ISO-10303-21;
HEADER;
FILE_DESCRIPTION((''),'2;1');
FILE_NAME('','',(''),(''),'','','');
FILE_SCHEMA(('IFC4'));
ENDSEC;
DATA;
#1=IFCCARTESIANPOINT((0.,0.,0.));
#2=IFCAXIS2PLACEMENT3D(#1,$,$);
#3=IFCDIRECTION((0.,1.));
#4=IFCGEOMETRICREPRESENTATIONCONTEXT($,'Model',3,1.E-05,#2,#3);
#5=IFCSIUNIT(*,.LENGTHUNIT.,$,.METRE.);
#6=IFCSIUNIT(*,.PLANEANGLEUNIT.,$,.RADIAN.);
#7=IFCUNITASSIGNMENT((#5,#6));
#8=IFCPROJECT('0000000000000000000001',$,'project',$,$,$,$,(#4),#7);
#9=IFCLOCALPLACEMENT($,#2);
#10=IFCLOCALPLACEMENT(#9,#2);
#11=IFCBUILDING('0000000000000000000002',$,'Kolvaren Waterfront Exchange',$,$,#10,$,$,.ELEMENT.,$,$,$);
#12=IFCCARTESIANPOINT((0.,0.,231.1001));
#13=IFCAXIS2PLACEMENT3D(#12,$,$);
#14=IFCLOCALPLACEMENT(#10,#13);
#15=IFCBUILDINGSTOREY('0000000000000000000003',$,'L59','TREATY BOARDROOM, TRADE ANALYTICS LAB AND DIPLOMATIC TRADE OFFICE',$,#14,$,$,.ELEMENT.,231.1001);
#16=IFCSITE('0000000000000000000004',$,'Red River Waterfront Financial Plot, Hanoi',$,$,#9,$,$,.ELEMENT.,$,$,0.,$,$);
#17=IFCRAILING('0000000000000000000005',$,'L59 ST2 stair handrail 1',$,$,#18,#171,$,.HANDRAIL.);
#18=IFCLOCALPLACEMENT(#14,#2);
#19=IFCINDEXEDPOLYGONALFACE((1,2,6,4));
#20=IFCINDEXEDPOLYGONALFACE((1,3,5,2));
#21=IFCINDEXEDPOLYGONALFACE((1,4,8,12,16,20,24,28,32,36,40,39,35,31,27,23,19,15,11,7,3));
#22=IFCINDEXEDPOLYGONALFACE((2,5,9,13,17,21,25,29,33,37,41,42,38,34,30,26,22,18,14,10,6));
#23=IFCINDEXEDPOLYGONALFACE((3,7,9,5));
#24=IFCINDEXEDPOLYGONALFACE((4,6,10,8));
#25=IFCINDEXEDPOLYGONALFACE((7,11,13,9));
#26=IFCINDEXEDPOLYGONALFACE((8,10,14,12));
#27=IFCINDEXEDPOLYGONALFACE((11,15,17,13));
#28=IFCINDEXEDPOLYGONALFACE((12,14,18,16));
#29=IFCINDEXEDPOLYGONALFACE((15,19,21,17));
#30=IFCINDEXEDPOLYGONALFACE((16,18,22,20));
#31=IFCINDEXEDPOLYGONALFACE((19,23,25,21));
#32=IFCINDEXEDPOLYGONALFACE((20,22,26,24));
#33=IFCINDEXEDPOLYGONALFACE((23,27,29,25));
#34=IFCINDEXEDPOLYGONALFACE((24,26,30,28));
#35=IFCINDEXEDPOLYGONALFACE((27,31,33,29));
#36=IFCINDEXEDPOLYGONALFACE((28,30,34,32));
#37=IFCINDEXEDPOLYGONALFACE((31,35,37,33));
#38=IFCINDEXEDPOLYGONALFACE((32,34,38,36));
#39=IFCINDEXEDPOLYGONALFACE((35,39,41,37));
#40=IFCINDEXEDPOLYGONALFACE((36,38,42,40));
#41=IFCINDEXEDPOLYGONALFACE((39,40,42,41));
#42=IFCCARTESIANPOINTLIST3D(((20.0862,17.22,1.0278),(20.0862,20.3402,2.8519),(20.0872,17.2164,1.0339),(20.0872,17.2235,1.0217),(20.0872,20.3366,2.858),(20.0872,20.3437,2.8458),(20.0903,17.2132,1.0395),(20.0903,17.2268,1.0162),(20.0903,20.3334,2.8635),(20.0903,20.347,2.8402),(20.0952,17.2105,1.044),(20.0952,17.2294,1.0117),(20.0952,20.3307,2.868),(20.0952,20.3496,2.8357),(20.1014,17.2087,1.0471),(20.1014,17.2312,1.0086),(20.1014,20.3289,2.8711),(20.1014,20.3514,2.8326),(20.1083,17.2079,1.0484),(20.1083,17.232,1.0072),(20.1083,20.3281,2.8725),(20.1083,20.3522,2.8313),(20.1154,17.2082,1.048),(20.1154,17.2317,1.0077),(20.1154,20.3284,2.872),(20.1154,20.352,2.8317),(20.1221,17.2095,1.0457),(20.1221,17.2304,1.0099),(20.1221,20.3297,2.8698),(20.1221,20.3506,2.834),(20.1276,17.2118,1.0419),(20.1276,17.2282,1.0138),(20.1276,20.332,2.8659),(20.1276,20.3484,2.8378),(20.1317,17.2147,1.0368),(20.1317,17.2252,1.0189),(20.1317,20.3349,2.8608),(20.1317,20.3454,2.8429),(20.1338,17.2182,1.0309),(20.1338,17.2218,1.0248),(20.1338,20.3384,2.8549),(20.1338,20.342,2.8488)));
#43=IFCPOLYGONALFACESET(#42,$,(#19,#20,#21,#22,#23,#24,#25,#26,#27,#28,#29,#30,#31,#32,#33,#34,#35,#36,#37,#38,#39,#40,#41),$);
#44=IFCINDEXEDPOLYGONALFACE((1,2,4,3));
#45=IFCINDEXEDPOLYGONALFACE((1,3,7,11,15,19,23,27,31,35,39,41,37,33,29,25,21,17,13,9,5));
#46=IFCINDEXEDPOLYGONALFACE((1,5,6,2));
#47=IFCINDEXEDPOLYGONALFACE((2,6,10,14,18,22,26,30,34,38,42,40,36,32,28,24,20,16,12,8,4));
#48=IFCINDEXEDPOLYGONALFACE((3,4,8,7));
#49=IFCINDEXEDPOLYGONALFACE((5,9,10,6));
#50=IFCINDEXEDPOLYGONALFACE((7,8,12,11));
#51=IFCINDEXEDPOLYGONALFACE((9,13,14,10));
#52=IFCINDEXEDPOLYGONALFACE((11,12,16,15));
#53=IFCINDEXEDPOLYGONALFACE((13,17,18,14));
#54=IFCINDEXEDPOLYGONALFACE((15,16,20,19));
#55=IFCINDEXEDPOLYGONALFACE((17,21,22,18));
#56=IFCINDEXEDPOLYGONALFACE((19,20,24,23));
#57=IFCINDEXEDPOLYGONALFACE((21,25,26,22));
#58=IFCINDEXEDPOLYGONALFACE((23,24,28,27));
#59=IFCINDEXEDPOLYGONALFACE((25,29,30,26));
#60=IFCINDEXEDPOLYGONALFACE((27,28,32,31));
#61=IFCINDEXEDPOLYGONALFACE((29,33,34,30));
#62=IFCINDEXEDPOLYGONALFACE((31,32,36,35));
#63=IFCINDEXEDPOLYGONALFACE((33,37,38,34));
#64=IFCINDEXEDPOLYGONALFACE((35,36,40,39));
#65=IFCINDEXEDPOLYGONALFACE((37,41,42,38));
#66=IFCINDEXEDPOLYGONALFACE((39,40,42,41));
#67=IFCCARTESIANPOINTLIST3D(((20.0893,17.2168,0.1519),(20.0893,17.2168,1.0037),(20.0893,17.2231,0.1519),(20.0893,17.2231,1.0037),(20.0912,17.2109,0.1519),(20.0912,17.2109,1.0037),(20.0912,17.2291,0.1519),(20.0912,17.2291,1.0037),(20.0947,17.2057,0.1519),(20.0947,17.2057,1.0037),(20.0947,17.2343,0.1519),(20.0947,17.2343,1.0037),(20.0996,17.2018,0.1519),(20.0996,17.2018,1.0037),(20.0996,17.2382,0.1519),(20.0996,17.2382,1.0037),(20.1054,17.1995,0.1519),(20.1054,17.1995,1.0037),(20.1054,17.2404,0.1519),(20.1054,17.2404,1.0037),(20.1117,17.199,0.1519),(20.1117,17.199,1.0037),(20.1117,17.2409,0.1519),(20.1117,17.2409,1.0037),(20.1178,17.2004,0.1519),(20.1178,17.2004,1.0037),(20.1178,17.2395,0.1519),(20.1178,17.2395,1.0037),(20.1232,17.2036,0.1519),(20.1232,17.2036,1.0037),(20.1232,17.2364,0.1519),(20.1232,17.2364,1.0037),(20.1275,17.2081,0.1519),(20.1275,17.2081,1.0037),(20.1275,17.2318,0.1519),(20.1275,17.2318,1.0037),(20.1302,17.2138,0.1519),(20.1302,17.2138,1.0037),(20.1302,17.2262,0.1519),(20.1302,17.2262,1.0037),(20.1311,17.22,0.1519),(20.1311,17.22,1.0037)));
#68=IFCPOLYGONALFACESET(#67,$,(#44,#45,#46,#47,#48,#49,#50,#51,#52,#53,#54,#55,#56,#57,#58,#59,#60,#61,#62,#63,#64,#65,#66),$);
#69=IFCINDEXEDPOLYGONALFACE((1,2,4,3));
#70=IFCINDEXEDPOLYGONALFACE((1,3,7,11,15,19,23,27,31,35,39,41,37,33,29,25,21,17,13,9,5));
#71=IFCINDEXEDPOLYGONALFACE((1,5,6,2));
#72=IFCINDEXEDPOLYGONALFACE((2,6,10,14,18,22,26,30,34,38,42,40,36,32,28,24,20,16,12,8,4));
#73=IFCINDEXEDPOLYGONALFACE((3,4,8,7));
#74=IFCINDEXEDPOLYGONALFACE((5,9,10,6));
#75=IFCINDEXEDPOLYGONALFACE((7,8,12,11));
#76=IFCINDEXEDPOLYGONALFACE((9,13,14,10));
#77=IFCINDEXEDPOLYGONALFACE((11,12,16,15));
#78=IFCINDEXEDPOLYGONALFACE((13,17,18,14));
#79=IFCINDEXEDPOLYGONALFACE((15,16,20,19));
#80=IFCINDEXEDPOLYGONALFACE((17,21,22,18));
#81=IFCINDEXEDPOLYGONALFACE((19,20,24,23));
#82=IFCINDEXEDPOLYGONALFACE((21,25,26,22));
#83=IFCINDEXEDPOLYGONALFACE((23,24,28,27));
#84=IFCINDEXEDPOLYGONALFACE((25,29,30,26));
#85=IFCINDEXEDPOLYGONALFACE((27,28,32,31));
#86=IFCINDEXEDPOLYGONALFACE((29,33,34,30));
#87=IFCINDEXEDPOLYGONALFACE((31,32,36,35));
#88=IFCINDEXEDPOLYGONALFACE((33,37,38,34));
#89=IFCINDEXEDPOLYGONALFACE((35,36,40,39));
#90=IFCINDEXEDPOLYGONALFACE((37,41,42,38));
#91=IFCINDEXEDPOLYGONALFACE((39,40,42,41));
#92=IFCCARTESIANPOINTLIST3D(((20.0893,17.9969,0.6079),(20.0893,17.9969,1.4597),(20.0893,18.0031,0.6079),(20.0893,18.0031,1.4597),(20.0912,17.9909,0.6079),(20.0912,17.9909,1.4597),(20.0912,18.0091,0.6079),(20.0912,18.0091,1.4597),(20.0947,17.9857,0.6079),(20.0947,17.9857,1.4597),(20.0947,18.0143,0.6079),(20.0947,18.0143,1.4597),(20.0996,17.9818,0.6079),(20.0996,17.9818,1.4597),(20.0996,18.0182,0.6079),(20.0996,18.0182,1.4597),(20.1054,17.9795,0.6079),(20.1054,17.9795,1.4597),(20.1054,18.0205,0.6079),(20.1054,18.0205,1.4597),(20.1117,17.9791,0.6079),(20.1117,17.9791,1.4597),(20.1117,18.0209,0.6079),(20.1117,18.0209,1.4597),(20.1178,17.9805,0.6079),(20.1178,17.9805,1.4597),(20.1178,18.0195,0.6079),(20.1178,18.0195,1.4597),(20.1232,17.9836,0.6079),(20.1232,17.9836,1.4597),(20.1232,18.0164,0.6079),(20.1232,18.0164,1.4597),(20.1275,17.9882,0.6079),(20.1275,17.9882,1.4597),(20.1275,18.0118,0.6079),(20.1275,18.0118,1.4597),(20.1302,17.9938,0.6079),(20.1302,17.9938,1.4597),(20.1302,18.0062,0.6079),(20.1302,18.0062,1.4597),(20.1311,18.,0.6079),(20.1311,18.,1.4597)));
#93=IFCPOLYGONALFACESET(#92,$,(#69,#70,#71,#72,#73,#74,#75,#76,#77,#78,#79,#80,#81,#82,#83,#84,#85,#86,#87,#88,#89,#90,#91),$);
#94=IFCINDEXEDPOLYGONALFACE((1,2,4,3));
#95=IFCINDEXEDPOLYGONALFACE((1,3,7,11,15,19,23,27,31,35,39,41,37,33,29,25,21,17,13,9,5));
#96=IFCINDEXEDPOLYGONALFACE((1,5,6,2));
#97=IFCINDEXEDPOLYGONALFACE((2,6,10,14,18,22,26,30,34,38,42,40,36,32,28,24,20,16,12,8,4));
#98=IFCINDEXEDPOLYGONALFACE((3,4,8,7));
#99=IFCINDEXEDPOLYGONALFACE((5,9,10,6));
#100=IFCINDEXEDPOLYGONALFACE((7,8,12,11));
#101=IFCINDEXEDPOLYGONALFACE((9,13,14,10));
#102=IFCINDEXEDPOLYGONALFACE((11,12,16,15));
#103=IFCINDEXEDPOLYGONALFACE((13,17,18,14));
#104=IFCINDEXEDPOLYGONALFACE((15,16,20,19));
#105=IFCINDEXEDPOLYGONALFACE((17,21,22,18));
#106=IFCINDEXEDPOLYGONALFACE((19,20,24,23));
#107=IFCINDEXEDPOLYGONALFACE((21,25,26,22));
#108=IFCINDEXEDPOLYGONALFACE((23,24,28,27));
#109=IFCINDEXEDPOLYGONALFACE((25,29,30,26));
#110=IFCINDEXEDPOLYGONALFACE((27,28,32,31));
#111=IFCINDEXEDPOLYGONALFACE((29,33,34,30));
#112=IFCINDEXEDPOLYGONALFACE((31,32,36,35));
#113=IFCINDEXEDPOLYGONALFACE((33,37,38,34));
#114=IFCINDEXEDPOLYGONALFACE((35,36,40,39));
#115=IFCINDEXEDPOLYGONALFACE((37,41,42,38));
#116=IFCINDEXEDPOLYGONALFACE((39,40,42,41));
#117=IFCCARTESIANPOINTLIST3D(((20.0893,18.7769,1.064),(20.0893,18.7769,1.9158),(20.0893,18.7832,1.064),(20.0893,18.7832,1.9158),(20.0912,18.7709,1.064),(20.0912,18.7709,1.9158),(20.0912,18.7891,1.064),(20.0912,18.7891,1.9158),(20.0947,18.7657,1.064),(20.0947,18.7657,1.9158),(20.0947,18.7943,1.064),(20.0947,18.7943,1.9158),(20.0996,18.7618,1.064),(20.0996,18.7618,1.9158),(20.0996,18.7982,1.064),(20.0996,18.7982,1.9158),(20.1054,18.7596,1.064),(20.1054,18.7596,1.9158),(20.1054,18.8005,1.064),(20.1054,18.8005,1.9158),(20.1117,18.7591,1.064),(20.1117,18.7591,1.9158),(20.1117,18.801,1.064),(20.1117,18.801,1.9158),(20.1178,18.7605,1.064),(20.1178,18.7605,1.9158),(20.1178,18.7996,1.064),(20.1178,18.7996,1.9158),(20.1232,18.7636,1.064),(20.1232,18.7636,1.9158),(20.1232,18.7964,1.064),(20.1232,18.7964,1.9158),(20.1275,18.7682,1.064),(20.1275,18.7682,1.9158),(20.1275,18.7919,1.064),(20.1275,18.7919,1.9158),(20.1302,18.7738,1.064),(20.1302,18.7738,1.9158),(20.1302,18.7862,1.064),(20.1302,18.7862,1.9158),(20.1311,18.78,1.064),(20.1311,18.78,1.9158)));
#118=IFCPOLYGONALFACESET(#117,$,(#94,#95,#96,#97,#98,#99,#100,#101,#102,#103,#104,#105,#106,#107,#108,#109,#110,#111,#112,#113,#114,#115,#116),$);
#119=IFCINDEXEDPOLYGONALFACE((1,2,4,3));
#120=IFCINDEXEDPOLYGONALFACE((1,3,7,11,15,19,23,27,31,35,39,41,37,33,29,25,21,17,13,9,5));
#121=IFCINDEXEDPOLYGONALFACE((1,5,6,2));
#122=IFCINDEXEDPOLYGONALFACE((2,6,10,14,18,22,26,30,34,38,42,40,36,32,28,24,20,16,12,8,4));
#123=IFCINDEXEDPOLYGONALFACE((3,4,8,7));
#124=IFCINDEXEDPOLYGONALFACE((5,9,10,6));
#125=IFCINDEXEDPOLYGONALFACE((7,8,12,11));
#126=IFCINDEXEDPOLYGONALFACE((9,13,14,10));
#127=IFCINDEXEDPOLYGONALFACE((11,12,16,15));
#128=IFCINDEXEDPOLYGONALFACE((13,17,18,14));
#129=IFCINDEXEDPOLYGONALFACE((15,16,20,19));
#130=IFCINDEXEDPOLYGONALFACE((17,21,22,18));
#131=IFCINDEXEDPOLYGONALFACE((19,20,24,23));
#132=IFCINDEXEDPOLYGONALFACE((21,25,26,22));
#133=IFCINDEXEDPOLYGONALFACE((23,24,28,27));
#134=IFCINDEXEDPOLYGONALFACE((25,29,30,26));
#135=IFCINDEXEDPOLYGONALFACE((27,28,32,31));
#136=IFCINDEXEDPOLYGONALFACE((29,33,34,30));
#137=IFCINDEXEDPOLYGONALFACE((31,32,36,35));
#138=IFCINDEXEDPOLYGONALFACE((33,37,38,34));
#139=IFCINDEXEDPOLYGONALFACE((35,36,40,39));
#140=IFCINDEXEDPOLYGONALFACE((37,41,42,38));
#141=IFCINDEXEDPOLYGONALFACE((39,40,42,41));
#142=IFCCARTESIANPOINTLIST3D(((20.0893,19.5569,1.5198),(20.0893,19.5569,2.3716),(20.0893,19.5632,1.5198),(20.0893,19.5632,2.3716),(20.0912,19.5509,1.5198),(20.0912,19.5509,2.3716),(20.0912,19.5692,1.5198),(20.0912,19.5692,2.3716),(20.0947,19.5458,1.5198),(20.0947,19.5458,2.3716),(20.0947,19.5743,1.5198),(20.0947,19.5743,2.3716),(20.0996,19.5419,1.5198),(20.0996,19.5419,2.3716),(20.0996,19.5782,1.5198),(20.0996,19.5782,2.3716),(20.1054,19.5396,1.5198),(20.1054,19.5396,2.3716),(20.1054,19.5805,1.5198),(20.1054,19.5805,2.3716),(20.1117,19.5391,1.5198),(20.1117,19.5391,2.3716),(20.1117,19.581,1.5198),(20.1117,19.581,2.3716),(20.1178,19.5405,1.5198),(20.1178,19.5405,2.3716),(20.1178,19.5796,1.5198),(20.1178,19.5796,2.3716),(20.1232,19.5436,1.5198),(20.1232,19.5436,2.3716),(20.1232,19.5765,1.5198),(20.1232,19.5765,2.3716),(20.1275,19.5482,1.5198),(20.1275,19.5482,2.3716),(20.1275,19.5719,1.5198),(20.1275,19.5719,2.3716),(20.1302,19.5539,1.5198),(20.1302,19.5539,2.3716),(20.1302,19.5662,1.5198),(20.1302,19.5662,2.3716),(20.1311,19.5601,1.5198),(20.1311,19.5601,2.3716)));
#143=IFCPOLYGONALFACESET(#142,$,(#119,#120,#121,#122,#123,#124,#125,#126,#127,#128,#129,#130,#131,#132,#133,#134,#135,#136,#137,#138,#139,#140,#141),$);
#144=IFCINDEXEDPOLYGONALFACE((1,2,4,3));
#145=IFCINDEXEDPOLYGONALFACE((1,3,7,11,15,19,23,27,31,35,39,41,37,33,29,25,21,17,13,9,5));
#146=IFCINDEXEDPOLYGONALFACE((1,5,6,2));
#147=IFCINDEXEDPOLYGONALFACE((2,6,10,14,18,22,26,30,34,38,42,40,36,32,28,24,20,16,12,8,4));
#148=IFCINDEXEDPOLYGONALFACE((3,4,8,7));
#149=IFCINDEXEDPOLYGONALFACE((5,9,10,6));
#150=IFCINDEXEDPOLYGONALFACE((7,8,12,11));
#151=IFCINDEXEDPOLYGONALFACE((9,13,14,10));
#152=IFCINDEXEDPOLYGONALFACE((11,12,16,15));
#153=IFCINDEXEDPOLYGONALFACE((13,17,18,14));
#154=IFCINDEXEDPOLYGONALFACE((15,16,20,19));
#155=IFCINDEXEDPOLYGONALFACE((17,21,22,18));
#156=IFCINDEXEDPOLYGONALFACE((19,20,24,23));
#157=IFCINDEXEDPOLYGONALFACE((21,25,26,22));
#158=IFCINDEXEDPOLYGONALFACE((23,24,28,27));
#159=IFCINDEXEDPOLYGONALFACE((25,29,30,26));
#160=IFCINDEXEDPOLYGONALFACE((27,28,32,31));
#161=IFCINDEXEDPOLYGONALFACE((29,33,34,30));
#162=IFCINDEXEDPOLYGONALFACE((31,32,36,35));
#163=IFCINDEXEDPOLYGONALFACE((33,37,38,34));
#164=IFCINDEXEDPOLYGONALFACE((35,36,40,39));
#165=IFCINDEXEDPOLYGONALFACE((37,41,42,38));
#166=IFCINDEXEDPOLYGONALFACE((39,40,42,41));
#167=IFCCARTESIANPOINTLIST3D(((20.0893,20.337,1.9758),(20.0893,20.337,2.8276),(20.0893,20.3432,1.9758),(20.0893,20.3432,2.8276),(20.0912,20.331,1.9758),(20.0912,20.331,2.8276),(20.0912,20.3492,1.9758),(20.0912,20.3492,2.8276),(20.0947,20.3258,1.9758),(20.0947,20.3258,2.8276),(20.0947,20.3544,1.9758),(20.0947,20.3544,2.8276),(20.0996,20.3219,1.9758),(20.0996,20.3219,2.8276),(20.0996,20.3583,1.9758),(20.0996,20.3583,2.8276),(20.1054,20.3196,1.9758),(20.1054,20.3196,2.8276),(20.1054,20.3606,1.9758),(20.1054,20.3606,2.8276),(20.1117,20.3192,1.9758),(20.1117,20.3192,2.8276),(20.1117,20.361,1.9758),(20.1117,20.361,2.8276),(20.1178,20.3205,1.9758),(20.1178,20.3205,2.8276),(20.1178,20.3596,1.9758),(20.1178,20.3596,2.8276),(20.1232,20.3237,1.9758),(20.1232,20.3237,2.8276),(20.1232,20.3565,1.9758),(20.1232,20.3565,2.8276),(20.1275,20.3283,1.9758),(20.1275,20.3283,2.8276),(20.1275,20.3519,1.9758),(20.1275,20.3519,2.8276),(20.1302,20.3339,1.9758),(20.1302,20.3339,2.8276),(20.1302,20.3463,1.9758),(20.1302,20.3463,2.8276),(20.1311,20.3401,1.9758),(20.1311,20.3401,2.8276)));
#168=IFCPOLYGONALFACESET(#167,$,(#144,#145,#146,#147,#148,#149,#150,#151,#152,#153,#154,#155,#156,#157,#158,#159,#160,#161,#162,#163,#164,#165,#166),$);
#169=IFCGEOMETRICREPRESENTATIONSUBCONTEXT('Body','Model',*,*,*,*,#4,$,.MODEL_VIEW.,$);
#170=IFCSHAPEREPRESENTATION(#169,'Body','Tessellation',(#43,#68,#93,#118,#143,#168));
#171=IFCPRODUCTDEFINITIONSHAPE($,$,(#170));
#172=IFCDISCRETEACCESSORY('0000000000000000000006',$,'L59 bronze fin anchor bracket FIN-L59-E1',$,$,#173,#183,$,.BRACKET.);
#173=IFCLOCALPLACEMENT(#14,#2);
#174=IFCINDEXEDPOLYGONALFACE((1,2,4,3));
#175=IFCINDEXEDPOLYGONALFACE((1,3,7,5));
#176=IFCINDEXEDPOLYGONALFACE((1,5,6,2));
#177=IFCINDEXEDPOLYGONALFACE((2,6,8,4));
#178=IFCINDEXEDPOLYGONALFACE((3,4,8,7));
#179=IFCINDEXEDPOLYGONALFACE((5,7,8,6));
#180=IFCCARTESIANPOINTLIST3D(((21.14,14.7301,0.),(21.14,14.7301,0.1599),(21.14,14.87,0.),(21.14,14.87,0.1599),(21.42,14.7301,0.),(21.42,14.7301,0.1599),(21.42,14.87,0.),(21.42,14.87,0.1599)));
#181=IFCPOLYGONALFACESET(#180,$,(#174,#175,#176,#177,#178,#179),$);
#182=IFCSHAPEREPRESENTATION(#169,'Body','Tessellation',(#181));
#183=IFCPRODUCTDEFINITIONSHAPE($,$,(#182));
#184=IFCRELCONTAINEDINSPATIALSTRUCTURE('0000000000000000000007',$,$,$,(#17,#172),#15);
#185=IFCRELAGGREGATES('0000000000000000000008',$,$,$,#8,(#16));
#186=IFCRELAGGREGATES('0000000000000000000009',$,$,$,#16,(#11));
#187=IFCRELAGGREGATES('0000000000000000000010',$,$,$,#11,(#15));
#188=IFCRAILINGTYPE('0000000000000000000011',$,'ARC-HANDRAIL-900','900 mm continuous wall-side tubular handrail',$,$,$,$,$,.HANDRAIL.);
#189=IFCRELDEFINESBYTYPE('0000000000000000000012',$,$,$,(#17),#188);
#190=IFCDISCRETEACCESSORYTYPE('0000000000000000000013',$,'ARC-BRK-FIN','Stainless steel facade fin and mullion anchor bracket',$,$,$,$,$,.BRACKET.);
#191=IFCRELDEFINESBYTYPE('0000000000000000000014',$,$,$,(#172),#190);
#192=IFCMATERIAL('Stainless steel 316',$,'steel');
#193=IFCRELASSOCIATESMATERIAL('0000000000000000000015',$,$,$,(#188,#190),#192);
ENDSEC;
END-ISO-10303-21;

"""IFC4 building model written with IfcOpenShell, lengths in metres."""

from ifc_helpers import new_model, si_unit, direction, frame, origin, origin_with_axes, origin_2d, place, context, subcontext, project, spatial, rectangle, circle, extrude, source, transform, mapped, material, type_object, element, save


model = new_model("IFC4")

# Units and contexts
model_context = context("Model", 3, precision=1e-05, world=origin(), true_north=direction((0.0, 1.0)))
body_context = subcontext(model_context, "Body", "Model", "MODEL_VIEW")
ifc_project = project(units=[si_unit("LENGTHUNIT", "METRE"), si_unit("PLANEANGLEUNIT", "RADIAN")], contexts=[model_context])

# Site, building, storey
site_placement = place(None, origin())
site = spatial("IfcSite", under=ifc_project, at=site_placement, Name="Red River Waterfront Financial Plot, Hanoi", CompositionType="ELEMENT", RefElevation=0.0)
building_placement = place(site_placement, origin())
building = spatial("IfcBuilding", under=site, at=building_placement, Name="Kolvaren Waterfront Exchange", CompositionType="ELEMENT")
storey_placement = place(building_placement, frame((0.0, 0.0, 231.1001)))
storey = spatial("IfcBuildingStorey", under=building, at=storey_placement, Name="L59", Description="TREATY BOARDROOM, TRADE ANALYTICS LAB AND DIPLOMATIC TRADE OFFICE", CompositionType="ELEMENT", Elevation=231.1001)

# Railing
ifc_material_1 = material(Name="Stainless steel 316", Category="steel")
railing_type_1 = type_object("IfcRailingType", Name="ARC-HANDRAIL-900", Description="900 mm continuous wall-side tubular handrail", PredefinedType="HANDRAIL", material=ifc_material_1)
railing_1_placement = place(storey_placement, frame((20.1101, 17.22, 0.1519)))
element("IfcRailing", 1, at=railing_1_placement, inside=storey, type_object=railing_type_1, Name="L59 ST2 stair handrail 1", PredefinedType="HANDRAIL", context=body_context, shape_type="SweptSolid", body=[
    extrude(circle(Radius=0.0239, at=origin_2d()), frame((0.0, 0.0, 0.876), z_axis=(0.0, 0.863308, 0.504677), x_axis=(-1.0, 0.0, 0.0)), (0.0, 0.0, 1.0), 3.6143),
    extrude(circle(Radius=0.021, at=origin_2d()), origin(), (0.0, 0.0, 1.0), 0.8518),
    extrude(circle(Radius=0.021, at=origin_2d()), frame((0.0, 0.78, 0.4561)), (0.0, 0.0, 1.0), 0.8518),
    extrude(circle(Radius=0.021, at=origin_2d()), frame((0.0, 1.5601, 0.9121)), (0.0, 0.0, 1.0), 0.8518),
    extrude(circle(Radius=0.021, at=origin_2d()), frame((0.0, 2.3401, 1.3679)), (0.0, 0.0, 1.0), 0.8518),
    extrude(circle(Radius=0.021, at=origin_2d()), frame((0.0, 3.1201, 1.824)), (0.0, 0.0, 1.0), 0.8518),
])

# Discrete accessory
discrete_accessory_type = type_object("IfcDiscreteAccessoryType", Name="ARC-BRK-FIN", Description="Stainless steel facade fin and mullion anchor bracket", PredefinedType="BRACKET", material=ifc_material_1)
shared_shape = source(origin_with_axes(), body_context, "Body", "SweptSolid", [
    extrude(rectangle(XDim=0.28, YDim=0.1399, at=origin_2d()), origin(), (0.0, 0.0, 1.0), 0.1599),
])
discrete_accessory_placement = place(storey_placement, frame((21.28, 14.8, 0.0), z_axis=(0.0, 0.0, 1.0), x_axis=(1.0, 0.0, 0.0)))
element("IfcDiscreteAccessory", 2, at=discrete_accessory_placement, inside=storey, type_object=discrete_accessory_type, Name="L59 bronze fin anchor bracket FIN-L59-E1", PredefinedType="BRACKET", context=body_context, shape_type="MappedRepresentation", body=[
    mapped(shared_shape, transform((0.0, 0.0, 0.0), x_axis=(1.0, 0.0, 0.0), y_axis=(0.0, 1.0, 0.0), z_axis=(0.0, 0.0, 1.0), scale=1.0)),
])

save(model, "model.ifc")
